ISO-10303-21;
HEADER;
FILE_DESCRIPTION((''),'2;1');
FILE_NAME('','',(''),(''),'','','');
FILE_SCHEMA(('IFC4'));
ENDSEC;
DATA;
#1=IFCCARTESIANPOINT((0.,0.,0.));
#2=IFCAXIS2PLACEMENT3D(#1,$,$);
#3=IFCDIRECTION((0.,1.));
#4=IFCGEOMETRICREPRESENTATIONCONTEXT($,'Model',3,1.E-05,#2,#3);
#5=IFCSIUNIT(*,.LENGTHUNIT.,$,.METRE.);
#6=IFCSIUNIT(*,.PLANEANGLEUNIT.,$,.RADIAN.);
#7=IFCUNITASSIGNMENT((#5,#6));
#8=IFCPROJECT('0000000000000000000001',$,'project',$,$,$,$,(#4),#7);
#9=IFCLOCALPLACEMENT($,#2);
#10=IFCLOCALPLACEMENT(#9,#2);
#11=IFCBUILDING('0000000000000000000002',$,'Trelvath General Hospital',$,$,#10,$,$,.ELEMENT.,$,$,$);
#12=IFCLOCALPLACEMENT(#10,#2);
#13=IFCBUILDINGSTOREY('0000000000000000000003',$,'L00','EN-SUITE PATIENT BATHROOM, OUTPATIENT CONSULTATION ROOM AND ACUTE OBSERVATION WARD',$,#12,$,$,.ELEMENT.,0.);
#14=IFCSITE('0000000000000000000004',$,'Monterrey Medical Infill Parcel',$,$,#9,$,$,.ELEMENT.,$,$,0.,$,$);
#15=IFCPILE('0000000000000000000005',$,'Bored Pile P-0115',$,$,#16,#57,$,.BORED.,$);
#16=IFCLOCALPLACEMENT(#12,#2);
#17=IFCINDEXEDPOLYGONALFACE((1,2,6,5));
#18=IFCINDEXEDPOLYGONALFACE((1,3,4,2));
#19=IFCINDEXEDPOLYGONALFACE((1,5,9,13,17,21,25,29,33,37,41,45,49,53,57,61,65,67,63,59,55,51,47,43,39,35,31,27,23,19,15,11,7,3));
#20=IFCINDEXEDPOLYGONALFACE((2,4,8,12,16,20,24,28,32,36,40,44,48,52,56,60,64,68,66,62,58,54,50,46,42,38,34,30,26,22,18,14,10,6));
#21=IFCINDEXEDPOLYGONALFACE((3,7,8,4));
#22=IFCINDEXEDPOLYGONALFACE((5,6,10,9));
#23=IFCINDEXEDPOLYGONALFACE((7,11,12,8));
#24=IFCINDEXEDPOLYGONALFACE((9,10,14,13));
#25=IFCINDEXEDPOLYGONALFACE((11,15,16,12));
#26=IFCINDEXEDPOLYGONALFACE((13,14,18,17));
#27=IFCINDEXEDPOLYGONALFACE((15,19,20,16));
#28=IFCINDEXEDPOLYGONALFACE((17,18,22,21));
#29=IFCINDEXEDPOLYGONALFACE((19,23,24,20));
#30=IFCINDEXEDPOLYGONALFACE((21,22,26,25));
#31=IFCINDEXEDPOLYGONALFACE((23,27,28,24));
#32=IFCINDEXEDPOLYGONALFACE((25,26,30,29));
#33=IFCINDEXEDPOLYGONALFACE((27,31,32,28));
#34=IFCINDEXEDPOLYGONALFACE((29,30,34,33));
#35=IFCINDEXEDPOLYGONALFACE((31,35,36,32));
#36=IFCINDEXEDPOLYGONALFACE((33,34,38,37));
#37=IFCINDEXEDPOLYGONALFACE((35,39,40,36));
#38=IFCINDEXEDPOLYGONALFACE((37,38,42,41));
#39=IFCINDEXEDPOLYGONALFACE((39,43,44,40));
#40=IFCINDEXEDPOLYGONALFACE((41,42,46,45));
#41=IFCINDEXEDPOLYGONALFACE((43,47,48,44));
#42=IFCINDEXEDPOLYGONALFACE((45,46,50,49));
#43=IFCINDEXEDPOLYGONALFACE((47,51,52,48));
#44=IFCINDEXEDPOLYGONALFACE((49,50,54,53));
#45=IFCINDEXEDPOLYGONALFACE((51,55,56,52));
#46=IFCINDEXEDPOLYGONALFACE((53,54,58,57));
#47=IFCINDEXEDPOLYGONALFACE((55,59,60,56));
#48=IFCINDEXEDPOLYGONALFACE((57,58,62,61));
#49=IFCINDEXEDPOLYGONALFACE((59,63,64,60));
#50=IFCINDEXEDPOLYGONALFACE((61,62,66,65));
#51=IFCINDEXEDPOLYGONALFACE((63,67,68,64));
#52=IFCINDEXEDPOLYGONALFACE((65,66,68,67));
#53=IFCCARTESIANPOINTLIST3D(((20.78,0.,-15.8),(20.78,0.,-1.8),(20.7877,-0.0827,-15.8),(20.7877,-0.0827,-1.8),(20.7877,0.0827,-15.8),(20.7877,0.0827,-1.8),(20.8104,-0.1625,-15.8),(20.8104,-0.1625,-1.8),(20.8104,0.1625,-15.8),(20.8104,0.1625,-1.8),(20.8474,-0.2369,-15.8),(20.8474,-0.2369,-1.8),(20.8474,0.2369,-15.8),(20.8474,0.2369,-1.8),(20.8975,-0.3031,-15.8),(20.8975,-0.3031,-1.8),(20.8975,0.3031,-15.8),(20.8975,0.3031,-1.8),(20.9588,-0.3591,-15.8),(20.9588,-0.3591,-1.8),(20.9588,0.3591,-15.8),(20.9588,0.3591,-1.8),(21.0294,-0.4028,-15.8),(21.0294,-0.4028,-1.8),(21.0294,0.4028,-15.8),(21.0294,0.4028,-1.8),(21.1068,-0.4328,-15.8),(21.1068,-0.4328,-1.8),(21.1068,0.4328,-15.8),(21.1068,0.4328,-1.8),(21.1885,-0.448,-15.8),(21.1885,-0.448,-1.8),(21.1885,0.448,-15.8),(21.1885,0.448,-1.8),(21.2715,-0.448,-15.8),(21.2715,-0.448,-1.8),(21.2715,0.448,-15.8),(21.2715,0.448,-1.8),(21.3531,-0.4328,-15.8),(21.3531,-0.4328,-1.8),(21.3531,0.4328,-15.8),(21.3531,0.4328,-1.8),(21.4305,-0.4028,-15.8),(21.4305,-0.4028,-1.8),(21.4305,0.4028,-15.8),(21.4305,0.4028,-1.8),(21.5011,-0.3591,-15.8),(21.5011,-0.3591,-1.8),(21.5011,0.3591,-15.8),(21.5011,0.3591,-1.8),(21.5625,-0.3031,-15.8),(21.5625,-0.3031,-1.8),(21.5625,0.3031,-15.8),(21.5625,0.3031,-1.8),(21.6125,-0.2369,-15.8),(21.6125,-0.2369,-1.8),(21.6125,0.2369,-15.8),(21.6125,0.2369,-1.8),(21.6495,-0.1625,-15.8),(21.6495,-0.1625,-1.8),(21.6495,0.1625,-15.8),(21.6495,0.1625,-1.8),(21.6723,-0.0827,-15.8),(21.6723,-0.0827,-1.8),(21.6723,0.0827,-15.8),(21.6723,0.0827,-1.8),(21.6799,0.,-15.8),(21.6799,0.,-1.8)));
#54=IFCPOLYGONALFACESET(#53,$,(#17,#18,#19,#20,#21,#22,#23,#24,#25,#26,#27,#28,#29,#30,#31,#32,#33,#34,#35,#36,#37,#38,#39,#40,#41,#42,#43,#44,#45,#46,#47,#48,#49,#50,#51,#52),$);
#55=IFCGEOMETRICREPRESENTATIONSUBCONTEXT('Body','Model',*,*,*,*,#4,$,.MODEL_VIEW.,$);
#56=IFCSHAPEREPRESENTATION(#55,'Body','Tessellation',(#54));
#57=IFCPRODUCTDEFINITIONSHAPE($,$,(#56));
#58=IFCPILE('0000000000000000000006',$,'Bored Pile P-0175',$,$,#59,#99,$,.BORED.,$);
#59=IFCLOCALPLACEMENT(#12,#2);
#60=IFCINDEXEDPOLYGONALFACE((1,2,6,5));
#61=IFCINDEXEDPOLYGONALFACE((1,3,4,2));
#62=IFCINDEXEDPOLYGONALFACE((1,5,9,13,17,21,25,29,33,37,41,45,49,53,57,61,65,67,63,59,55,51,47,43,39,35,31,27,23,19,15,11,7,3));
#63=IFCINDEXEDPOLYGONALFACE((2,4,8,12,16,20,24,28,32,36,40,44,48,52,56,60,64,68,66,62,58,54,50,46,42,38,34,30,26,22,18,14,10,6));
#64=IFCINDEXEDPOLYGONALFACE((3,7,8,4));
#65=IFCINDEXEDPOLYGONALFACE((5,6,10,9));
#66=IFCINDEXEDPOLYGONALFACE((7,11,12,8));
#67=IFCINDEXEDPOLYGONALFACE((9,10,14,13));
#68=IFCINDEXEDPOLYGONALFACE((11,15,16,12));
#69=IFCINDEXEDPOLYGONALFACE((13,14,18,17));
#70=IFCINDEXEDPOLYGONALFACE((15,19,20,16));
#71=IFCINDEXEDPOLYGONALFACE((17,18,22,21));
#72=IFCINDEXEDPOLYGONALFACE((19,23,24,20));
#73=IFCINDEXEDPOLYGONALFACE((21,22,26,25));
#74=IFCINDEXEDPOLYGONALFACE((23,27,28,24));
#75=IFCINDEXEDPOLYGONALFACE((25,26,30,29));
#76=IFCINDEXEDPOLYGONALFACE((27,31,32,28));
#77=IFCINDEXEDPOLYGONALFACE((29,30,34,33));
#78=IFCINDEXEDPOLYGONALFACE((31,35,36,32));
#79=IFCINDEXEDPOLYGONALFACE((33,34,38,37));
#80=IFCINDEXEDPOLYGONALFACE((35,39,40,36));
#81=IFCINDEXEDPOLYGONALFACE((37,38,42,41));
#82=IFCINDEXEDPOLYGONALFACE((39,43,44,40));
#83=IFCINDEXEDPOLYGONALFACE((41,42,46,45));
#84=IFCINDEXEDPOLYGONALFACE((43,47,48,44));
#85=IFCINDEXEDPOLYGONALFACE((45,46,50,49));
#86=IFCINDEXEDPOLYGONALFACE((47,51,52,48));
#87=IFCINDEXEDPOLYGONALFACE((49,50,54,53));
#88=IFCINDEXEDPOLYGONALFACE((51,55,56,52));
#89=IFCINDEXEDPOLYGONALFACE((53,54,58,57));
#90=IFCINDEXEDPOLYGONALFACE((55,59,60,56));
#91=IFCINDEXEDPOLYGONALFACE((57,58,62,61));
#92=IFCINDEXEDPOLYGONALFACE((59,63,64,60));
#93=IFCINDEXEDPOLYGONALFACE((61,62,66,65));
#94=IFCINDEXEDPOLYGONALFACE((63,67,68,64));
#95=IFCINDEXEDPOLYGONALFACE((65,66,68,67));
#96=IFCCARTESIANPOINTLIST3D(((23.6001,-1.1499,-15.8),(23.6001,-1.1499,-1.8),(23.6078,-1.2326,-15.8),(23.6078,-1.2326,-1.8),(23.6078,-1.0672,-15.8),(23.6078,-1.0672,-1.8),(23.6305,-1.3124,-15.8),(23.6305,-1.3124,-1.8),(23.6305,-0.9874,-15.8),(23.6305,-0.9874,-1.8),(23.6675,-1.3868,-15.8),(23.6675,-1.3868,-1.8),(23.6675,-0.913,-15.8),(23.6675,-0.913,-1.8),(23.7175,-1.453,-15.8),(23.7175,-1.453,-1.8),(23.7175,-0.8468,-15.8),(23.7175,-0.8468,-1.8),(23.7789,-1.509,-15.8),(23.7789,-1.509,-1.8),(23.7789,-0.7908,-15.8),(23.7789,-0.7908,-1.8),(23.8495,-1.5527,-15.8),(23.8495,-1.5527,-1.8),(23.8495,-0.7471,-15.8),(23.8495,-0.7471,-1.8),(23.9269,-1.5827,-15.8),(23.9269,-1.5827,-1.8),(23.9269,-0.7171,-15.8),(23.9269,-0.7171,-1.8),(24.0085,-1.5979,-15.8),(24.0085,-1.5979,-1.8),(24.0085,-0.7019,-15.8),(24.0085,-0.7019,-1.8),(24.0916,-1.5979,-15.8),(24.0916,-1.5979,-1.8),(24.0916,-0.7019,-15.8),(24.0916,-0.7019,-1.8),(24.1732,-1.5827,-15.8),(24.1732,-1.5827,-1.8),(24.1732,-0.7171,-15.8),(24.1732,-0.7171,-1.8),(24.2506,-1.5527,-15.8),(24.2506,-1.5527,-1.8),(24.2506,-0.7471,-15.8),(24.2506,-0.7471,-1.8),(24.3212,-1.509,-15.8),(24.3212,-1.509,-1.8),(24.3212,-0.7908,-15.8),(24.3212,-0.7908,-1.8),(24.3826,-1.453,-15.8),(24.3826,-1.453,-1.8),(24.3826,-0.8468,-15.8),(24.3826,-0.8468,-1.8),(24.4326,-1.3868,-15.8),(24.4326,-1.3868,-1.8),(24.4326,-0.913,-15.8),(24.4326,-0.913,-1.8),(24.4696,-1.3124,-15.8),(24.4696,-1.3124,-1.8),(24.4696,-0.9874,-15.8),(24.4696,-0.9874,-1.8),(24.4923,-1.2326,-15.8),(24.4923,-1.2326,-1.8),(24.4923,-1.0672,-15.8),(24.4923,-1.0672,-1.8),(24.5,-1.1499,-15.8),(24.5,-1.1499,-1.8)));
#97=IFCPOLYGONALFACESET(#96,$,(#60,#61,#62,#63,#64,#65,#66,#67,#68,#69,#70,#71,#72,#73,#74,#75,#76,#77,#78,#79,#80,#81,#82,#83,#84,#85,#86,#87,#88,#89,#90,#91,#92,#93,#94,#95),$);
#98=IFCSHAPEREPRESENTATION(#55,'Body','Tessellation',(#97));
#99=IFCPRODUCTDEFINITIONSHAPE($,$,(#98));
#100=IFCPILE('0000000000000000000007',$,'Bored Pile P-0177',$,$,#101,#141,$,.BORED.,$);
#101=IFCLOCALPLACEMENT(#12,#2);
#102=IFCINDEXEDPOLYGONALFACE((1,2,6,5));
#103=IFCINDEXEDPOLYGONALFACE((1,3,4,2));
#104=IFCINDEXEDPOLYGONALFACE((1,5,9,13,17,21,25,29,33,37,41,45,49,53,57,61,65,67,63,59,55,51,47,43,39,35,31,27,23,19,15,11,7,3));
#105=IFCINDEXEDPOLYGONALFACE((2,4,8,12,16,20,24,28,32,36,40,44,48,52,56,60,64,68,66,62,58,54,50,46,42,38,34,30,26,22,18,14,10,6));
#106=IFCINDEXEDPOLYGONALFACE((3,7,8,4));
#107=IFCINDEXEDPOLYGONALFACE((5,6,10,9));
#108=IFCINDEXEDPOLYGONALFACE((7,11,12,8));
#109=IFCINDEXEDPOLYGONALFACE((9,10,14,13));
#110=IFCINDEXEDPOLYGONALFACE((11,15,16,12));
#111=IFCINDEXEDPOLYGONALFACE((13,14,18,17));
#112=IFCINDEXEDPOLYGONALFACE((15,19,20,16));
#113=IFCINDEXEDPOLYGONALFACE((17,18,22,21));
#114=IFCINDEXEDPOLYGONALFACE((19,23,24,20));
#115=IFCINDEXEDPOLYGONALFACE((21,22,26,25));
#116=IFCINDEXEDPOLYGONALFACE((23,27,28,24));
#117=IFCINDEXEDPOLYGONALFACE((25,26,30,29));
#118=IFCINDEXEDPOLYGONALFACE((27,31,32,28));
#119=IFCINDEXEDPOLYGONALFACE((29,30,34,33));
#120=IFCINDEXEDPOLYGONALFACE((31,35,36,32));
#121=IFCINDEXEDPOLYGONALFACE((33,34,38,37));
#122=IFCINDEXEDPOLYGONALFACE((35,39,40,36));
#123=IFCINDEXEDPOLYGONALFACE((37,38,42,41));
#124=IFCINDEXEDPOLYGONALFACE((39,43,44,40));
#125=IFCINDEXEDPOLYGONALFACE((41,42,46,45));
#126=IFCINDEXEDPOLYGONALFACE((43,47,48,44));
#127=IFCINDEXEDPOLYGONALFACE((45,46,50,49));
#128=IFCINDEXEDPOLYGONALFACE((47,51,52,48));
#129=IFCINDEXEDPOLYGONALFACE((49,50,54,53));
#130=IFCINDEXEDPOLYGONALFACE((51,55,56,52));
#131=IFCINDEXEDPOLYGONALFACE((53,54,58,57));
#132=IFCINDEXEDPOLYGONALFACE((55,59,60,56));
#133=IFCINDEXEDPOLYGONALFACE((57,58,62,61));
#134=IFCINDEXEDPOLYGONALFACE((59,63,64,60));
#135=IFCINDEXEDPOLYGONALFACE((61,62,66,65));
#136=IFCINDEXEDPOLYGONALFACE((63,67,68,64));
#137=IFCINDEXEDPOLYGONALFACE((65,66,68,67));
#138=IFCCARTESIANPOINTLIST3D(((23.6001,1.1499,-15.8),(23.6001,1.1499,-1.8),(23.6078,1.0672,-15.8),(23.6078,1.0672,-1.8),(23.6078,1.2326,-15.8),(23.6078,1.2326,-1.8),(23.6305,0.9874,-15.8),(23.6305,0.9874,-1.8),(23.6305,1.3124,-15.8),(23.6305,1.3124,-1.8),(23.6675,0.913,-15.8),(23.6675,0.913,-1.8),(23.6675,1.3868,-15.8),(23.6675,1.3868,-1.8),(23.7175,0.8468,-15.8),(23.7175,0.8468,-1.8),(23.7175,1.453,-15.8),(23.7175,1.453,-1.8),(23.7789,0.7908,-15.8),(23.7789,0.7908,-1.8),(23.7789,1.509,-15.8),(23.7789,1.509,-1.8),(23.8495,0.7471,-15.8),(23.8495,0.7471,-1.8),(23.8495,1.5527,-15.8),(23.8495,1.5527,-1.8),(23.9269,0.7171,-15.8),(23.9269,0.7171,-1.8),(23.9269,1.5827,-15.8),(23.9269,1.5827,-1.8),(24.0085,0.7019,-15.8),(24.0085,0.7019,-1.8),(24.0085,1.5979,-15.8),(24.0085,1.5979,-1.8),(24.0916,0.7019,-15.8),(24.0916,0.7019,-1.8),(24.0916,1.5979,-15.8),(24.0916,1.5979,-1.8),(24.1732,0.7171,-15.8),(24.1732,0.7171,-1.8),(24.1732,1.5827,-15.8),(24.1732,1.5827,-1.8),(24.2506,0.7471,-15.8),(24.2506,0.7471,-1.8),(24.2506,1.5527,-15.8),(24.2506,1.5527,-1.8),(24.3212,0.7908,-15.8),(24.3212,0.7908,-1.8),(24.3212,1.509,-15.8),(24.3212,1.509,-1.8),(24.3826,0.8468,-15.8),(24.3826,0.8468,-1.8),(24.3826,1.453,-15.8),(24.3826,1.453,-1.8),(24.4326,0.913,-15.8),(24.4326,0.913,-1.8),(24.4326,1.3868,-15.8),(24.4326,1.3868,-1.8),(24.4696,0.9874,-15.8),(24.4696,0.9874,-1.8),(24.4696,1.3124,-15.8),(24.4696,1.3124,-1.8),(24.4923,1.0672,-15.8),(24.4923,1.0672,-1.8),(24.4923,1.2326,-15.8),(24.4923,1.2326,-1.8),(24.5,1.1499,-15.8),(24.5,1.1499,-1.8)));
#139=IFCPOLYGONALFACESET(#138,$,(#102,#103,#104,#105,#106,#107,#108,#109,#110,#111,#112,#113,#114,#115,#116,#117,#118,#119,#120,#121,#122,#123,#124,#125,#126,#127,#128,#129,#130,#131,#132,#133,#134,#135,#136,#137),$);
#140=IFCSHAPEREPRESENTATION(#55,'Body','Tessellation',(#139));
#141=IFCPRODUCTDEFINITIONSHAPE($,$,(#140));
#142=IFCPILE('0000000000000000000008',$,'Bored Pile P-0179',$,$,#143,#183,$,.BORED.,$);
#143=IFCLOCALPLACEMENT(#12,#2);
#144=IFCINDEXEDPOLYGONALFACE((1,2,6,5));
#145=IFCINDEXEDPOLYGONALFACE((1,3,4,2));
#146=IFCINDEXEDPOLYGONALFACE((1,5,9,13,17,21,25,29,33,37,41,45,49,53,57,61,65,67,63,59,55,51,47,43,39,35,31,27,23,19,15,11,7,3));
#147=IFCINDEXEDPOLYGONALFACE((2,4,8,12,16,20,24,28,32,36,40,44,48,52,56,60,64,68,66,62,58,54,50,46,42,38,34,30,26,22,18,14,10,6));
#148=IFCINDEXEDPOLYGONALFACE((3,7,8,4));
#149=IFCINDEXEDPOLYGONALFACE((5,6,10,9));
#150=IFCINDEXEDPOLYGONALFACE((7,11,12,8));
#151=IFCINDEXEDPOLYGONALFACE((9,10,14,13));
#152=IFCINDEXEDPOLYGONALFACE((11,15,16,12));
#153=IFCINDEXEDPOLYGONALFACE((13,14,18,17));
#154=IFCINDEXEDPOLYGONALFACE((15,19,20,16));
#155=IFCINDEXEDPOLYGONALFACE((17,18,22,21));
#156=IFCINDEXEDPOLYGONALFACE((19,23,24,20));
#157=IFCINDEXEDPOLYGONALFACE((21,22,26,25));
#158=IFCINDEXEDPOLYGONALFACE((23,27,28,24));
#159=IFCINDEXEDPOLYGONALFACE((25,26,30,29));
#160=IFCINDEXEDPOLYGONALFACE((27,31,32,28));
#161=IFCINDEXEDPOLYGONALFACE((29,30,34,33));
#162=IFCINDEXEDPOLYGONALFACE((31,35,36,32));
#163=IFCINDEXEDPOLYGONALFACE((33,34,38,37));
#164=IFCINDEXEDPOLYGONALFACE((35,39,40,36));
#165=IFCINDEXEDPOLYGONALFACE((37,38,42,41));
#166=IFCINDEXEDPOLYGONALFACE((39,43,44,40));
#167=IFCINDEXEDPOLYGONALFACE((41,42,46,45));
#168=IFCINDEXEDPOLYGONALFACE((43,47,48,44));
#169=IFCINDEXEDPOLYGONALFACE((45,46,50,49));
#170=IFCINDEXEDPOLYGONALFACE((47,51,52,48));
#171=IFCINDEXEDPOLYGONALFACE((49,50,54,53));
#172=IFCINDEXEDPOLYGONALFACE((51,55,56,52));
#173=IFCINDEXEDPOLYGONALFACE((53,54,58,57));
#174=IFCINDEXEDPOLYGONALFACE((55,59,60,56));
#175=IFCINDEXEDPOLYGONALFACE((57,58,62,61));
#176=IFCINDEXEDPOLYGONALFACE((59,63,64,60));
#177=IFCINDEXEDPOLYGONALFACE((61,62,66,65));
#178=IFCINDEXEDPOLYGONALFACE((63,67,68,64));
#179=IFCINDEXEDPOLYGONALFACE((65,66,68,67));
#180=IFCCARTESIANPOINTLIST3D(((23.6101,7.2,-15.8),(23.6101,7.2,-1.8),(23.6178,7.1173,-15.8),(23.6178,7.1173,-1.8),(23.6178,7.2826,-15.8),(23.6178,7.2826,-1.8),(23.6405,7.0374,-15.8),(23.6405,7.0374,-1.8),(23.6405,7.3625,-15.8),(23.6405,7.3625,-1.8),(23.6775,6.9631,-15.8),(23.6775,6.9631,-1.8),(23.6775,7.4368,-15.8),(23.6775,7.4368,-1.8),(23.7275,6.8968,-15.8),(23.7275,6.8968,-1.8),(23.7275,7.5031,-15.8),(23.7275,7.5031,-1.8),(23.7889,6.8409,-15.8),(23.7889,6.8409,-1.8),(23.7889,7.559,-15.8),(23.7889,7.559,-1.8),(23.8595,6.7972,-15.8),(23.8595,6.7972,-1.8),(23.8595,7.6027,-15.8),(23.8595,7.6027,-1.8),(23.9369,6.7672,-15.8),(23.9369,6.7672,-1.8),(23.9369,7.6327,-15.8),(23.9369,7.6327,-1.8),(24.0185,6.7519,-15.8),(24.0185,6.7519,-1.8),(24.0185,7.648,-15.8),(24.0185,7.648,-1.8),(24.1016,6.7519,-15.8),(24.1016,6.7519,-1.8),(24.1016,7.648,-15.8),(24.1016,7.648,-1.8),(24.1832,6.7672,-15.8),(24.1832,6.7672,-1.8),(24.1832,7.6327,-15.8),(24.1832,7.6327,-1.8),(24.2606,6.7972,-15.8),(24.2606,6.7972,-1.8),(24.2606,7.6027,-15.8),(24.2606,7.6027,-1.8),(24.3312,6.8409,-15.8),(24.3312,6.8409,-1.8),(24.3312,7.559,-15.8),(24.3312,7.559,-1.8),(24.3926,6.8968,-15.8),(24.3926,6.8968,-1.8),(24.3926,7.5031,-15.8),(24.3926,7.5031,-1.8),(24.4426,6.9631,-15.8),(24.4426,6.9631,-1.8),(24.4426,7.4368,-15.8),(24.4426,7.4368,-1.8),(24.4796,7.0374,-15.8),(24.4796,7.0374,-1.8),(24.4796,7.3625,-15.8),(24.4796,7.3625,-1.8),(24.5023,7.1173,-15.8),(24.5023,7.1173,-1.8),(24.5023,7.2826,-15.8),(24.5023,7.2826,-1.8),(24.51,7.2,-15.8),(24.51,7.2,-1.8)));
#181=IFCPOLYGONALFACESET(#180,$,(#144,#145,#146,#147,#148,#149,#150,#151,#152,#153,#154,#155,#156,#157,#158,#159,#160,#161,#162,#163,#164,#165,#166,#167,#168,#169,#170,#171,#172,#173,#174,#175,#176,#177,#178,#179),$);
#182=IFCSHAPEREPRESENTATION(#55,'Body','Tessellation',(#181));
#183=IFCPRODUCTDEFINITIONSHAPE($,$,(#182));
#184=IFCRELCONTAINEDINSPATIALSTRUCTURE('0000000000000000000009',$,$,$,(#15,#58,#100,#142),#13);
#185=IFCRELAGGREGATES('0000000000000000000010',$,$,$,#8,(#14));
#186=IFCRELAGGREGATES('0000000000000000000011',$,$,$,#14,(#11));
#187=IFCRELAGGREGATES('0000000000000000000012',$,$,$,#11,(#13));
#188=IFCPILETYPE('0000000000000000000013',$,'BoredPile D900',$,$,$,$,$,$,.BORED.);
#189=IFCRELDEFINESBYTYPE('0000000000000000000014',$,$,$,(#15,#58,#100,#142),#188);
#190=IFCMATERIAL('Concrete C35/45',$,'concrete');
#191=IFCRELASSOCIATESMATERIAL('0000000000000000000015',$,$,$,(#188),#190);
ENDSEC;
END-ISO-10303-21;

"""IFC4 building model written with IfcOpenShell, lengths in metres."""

from ifc_helpers import new_model, si_unit, direction, frame, origin, origin_2d, place, context, subcontext, project, spatial, circle, extrude, material, material_profile, profile_set, type_object, element, save


model = new_model("IFC4")

# Units and contexts
model_context = context("Model", 3, precision=1e-05, world=origin(), true_north=direction((0.0, 1.0)))
body_context = subcontext(model_context, "Body", "Model", "MODEL_VIEW")
ifc_project = project(units=[si_unit("LENGTHUNIT", "METRE"), si_unit("PLANEANGLEUNIT", "RADIAN")], contexts=[model_context])

# Site, building, storey
site_placement = place(None, origin())
site = spatial("IfcSite", under=ifc_project, at=site_placement, Name="Monterrey Medical Infill Parcel", CompositionType="ELEMENT", RefElevation=0.0)
building_placement = place(site_placement, origin())
building = spatial("IfcBuilding", under=site, at=building_placement, Name="Trelvath General Hospital", CompositionType="ELEMENT")
storey_placement = place(building_placement, origin())
storey = spatial("IfcBuildingStorey", under=building, at=storey_placement, Name="L00", Description="EN-SUITE PATIENT BATHROOM, OUTPATIENT CONSULTATION ROOM AND ACUTE OBSERVATION WARD", CompositionType="ELEMENT", Elevation=0.0)

# Piles
ifc_material_1 = material(Name="Concrete C35/45", Category="concrete")
ifc_material_profile_1 = material_profile(ifc_material_1, circle(Radius=0.45, at=origin_2d()), Name="PILE900")
ifc_profile_set_1 = profile_set([ifc_material_profile_1], Name="Concrete C35/45")
pile_type = type_object("IfcPileType", Name="BoredPile D900", PredefinedType="BORED", material=ifc_profile_set_1)
for number, where, z_axis, x_axis, name in (
    (1, (21.23, 0.0, -1.8), (0.0, 0.0, -1.0), (1.0, 0.0, 0.0), "Bored Pile P-0115"),
    (2, (24.05, -1.1499, -1.8), (0.0, 0.0, -1.0), (1.0, 0.0, 0.0), "Bored Pile P-0175"),
    (3, (24.05, 1.1499, -1.8), (0.0, 0.0, -1.0), (1.0, 0.0, 0.0), "Bored Pile P-0177"),
    (4, (24.0601, 7.2, -1.8), (0.0, 0.0, -1.0), (1.0, 0.0, 0.0), "Bored Pile P-0179"),
):
    element("IfcPile", number, at=place(storey_placement, frame(where, z_axis=z_axis, x_axis=x_axis)), inside=storey, type_object=pile_type, Name=name, PredefinedType="BORED", context=body_context, shape_type="SweptSolid", body=[
        extrude(circle(Radius=0.45, at=origin_2d()), origin(), (0.0, 0.0, 1.0), 14.0),
    ])

save(model, "model.ifc")
